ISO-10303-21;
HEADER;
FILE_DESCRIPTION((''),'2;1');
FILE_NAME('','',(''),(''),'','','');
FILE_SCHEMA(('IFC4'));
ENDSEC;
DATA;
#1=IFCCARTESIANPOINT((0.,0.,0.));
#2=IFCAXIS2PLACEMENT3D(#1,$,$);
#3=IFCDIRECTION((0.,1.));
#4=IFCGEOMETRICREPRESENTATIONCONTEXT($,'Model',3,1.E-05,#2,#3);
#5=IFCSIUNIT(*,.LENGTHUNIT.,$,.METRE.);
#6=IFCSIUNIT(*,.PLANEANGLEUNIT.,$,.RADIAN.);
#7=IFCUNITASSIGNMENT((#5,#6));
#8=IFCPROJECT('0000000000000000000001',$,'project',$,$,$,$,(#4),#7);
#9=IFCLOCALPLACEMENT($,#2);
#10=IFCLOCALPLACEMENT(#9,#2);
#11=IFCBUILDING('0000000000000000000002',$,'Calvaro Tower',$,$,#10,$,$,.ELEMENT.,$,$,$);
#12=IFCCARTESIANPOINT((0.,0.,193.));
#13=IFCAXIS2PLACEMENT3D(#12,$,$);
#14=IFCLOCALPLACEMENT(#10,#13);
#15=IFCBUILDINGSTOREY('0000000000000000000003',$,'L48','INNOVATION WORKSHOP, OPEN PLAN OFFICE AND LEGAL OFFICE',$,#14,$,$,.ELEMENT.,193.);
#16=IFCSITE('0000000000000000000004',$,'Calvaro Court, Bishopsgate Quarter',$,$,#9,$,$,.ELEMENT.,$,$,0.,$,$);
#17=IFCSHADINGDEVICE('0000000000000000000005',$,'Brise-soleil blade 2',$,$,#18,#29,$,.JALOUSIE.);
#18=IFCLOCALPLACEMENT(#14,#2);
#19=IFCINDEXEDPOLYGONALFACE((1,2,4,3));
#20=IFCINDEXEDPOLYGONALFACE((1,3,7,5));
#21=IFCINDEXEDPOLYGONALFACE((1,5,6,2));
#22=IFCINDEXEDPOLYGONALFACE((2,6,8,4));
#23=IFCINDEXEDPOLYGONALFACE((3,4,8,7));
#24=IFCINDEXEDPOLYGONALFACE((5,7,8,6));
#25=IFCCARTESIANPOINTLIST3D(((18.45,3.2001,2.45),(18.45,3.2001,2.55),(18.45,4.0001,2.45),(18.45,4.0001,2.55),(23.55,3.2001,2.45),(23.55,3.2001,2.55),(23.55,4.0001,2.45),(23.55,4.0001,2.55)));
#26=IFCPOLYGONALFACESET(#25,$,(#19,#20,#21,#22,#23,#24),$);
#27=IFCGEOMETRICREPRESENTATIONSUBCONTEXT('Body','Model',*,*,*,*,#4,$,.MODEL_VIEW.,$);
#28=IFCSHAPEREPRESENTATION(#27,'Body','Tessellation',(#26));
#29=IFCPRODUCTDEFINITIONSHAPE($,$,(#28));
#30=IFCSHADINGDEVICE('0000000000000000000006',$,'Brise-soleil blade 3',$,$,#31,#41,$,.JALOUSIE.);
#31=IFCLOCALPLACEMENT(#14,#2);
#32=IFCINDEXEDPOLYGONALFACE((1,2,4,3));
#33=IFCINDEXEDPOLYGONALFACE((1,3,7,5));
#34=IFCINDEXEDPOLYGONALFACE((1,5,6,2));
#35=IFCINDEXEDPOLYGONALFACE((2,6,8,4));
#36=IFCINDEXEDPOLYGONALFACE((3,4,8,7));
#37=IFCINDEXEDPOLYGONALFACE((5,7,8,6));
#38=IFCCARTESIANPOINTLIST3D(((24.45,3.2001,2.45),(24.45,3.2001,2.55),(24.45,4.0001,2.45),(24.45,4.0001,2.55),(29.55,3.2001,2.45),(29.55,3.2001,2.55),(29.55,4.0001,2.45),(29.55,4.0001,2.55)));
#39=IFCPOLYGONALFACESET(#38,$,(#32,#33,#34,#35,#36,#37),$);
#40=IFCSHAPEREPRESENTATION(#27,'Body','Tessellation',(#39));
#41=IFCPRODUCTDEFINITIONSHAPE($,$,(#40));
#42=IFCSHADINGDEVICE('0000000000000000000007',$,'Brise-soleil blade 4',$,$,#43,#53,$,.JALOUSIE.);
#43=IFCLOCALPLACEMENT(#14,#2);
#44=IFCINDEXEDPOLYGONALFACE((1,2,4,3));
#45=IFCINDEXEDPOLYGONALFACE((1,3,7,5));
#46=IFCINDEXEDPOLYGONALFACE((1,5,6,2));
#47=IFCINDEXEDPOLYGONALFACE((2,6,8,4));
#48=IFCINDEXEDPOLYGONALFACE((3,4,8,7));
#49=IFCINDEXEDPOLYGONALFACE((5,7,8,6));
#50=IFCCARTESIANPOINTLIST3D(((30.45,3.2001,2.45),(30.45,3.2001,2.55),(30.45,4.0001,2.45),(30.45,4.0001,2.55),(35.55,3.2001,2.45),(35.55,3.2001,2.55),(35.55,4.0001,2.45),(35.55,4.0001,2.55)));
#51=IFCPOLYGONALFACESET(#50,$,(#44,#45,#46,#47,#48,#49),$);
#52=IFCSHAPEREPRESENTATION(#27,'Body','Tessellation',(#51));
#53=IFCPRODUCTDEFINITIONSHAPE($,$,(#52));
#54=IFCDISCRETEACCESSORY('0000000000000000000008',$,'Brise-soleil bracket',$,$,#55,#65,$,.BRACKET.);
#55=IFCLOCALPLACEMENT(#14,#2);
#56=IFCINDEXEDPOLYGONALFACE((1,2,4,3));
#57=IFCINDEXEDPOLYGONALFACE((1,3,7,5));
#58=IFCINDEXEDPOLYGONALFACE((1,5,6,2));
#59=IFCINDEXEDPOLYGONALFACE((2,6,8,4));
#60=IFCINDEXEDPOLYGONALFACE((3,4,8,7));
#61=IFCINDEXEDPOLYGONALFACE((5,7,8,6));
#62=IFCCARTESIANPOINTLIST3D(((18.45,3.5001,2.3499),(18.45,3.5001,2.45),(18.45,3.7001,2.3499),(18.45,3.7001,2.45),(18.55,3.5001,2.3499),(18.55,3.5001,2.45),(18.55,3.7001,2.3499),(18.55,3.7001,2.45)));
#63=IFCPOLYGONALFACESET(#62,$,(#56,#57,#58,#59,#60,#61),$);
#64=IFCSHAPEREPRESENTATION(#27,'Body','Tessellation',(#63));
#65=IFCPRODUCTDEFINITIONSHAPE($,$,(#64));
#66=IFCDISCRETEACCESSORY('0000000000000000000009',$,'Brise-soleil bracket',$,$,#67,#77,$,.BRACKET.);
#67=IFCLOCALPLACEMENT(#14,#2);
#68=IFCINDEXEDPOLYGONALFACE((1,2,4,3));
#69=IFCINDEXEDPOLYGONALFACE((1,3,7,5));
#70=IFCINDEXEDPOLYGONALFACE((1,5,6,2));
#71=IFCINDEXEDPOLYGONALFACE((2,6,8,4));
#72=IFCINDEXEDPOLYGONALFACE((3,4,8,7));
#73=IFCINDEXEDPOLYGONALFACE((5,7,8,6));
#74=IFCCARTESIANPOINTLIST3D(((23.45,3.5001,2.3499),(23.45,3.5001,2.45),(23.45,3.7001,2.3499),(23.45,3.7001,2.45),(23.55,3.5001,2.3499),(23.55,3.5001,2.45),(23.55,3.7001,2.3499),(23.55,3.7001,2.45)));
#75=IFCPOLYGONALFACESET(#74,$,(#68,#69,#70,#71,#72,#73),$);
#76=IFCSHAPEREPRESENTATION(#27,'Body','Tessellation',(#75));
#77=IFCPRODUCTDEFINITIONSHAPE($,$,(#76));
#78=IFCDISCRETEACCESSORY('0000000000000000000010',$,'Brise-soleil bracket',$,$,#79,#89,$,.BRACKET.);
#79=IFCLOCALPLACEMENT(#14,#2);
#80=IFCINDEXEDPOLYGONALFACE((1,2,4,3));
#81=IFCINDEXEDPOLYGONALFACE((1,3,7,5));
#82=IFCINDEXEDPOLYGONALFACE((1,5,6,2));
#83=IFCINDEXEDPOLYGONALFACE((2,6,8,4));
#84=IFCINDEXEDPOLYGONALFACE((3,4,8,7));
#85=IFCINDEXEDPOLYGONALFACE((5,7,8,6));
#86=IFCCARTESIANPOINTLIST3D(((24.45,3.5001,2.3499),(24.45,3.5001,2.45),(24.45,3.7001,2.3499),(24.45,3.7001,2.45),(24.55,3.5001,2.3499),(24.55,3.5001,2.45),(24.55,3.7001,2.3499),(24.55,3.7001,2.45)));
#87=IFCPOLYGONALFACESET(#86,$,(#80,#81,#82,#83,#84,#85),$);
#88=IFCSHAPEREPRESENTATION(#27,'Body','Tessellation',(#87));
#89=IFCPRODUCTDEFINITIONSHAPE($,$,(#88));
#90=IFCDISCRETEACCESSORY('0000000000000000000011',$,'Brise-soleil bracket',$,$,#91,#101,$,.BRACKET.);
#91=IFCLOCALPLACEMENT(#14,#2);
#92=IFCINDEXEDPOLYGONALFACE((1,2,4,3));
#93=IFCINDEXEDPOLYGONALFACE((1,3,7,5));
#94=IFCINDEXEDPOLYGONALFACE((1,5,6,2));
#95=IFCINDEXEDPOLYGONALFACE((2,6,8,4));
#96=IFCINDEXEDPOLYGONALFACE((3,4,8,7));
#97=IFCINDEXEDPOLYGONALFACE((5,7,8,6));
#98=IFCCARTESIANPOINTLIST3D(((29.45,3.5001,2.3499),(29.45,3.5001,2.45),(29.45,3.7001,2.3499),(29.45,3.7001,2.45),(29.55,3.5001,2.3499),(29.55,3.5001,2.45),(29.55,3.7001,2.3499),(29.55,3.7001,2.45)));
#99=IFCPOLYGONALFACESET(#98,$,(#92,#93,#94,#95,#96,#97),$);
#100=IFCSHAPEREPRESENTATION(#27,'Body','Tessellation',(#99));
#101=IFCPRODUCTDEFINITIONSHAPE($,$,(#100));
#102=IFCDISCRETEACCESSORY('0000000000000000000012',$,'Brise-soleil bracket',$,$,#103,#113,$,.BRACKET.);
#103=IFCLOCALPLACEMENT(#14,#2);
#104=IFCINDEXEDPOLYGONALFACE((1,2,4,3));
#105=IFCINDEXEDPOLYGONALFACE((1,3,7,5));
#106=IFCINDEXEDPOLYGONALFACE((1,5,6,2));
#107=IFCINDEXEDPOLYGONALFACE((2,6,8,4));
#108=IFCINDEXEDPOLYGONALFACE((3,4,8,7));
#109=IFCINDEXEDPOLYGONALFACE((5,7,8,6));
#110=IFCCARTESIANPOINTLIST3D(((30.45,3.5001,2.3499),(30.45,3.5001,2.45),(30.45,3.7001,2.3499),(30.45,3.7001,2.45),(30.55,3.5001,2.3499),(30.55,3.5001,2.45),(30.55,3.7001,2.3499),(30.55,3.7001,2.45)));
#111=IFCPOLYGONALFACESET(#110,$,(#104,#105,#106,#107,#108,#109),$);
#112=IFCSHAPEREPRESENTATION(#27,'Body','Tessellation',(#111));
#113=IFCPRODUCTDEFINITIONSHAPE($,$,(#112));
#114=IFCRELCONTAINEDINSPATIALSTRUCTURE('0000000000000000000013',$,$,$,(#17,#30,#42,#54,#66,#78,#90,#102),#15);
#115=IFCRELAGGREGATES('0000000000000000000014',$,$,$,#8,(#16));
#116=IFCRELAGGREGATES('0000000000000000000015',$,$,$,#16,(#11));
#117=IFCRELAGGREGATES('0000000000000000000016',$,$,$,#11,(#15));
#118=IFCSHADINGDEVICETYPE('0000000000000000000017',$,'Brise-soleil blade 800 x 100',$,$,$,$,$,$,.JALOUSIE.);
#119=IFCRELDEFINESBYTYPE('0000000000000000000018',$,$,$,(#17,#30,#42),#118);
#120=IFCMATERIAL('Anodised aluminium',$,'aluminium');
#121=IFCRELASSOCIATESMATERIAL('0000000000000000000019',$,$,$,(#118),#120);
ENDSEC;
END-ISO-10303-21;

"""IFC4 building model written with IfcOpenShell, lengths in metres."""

from ifc_helpers import new_model, si_unit, direction, frame, origin, origin_2d, place, context, subcontext, project, spatial, rectangle, extrude, material, material_profile, profile_set, type_object, element, save


model = new_model("IFC4")

# Units and contexts
model_context = context("Model", 3, precision=1e-05, world=origin(), true_north=direction((0.0, 1.0)))
body_context = subcontext(model_context, "Body", "Model", "MODEL_VIEW")
ifc_project = project(units=[si_unit("LENGTHUNIT", "METRE"), si_unit("PLANEANGLEUNIT", "RADIAN")], contexts=[model_context])

# Site, building, storey
site_placement = place(None, origin())
site = spatial("IfcSite", under=ifc_project, at=site_placement, Name="Calvaro Court, Bishopsgate Quarter", CompositionType="ELEMENT", RefElevation=0.0)
building_placement = place(site_placement, origin())
building = spatial("IfcBuilding", under=site, at=building_placement, Name="Calvaro Tower", CompositionType="ELEMENT")
storey_placement = place(building_placement, frame((0.0, 0.0, 193.0)))
storey = spatial("IfcBuildingStorey", under=building, at=storey_placement, Name="L48", Description="INNOVATION WORKSHOP, OPEN PLAN OFFICE AND LEGAL OFFICE", CompositionType="ELEMENT", Elevation=193.0)

# Shading devices
ifc_material_1 = material(Name="Anodised aluminium", Category="aluminium")
ifc_material_profile_1 = material_profile(ifc_material_1, rectangle(XDim=0.8, YDim=0.1001, at=origin_2d()), Name="Brise-soleil blade 800 x 100")
ifc_profile_set_1 = profile_set([ifc_material_profile_1], Name="Anodised aluminium")
shading_device_type = type_object("IfcShadingDeviceType", Name="Brise-soleil blade 800 x 100", PredefinedType="JALOUSIE", material=ifc_profile_set_1)
for number, where, z_axis, x_axis, name in (
    (1, (18.45, 3.6001, 2.5), (1.0, 0.0, 0.0), (0.0, 1.0, 0.0), "Brise-soleil blade 2"),
    (2, (24.45, 3.6001, 2.5), (1.0, 0.0, 0.0), (0.0, 1.0, 0.0), "Brise-soleil blade 3"),
    (3, (30.45, 3.6001, 2.5), (1.0, 0.0, 0.0), (0.0, 1.0, 0.0), "Brise-soleil blade 4"),
):
    element("IfcShadingDevice", number, at=place(storey_placement, frame(where, z_axis=z_axis, x_axis=x_axis)), inside=storey, type_object=shading_device_type, Name=name, PredefinedType="JALOUSIE", context=body_context, shape_type="SweptSolid", body=[
        extrude(rectangle(XDim=0.8, YDim=0.1001, at=origin_2d()), origin(), (0.0, 0.0, 1.0), 5.1001),
    ])

# Discrete accessories
for number, where, z_axis, x_axis, name in (
    (4, (18.5, 3.6001, 2.3499), (0.0, 0.0, 1.0), (1.0, 0.0, 0.0), "Brise-soleil bracket"),
    (5, (23.5, 3.6001, 2.3499), (0.0, 0.0, 1.0), (1.0, 0.0, 0.0), "Brise-soleil bracket"),
    (6, (24.5, 3.6001, 2.3499), (0.0, 0.0, 1.0), (1.0, 0.0, 0.0), "Brise-soleil bracket"),
    (7, (29.5, 3.6001, 2.3499), (0.0, 0.0, 1.0), (1.0, 0.0, 0.0), "Brise-soleil bracket"),
    (8, (30.5, 3.6001, 2.3499), (0.0, 0.0, 1.0), (1.0, 0.0, 0.0), "Brise-soleil bracket"),
):
    element("IfcDiscreteAccessory", number, at=place(storey_placement, frame(where, z_axis=z_axis, x_axis=x_axis)), inside=storey, Name=name, PredefinedType="BRACKET", context=body_context, shape_type="SweptSolid", body=[
        extrude(rectangle(XDim=0.1001, YDim=0.2, at=origin_2d()), origin(), (0.0, 0.0, 1.0), 0.1001),
    ])

save(model, "model.ifc")
